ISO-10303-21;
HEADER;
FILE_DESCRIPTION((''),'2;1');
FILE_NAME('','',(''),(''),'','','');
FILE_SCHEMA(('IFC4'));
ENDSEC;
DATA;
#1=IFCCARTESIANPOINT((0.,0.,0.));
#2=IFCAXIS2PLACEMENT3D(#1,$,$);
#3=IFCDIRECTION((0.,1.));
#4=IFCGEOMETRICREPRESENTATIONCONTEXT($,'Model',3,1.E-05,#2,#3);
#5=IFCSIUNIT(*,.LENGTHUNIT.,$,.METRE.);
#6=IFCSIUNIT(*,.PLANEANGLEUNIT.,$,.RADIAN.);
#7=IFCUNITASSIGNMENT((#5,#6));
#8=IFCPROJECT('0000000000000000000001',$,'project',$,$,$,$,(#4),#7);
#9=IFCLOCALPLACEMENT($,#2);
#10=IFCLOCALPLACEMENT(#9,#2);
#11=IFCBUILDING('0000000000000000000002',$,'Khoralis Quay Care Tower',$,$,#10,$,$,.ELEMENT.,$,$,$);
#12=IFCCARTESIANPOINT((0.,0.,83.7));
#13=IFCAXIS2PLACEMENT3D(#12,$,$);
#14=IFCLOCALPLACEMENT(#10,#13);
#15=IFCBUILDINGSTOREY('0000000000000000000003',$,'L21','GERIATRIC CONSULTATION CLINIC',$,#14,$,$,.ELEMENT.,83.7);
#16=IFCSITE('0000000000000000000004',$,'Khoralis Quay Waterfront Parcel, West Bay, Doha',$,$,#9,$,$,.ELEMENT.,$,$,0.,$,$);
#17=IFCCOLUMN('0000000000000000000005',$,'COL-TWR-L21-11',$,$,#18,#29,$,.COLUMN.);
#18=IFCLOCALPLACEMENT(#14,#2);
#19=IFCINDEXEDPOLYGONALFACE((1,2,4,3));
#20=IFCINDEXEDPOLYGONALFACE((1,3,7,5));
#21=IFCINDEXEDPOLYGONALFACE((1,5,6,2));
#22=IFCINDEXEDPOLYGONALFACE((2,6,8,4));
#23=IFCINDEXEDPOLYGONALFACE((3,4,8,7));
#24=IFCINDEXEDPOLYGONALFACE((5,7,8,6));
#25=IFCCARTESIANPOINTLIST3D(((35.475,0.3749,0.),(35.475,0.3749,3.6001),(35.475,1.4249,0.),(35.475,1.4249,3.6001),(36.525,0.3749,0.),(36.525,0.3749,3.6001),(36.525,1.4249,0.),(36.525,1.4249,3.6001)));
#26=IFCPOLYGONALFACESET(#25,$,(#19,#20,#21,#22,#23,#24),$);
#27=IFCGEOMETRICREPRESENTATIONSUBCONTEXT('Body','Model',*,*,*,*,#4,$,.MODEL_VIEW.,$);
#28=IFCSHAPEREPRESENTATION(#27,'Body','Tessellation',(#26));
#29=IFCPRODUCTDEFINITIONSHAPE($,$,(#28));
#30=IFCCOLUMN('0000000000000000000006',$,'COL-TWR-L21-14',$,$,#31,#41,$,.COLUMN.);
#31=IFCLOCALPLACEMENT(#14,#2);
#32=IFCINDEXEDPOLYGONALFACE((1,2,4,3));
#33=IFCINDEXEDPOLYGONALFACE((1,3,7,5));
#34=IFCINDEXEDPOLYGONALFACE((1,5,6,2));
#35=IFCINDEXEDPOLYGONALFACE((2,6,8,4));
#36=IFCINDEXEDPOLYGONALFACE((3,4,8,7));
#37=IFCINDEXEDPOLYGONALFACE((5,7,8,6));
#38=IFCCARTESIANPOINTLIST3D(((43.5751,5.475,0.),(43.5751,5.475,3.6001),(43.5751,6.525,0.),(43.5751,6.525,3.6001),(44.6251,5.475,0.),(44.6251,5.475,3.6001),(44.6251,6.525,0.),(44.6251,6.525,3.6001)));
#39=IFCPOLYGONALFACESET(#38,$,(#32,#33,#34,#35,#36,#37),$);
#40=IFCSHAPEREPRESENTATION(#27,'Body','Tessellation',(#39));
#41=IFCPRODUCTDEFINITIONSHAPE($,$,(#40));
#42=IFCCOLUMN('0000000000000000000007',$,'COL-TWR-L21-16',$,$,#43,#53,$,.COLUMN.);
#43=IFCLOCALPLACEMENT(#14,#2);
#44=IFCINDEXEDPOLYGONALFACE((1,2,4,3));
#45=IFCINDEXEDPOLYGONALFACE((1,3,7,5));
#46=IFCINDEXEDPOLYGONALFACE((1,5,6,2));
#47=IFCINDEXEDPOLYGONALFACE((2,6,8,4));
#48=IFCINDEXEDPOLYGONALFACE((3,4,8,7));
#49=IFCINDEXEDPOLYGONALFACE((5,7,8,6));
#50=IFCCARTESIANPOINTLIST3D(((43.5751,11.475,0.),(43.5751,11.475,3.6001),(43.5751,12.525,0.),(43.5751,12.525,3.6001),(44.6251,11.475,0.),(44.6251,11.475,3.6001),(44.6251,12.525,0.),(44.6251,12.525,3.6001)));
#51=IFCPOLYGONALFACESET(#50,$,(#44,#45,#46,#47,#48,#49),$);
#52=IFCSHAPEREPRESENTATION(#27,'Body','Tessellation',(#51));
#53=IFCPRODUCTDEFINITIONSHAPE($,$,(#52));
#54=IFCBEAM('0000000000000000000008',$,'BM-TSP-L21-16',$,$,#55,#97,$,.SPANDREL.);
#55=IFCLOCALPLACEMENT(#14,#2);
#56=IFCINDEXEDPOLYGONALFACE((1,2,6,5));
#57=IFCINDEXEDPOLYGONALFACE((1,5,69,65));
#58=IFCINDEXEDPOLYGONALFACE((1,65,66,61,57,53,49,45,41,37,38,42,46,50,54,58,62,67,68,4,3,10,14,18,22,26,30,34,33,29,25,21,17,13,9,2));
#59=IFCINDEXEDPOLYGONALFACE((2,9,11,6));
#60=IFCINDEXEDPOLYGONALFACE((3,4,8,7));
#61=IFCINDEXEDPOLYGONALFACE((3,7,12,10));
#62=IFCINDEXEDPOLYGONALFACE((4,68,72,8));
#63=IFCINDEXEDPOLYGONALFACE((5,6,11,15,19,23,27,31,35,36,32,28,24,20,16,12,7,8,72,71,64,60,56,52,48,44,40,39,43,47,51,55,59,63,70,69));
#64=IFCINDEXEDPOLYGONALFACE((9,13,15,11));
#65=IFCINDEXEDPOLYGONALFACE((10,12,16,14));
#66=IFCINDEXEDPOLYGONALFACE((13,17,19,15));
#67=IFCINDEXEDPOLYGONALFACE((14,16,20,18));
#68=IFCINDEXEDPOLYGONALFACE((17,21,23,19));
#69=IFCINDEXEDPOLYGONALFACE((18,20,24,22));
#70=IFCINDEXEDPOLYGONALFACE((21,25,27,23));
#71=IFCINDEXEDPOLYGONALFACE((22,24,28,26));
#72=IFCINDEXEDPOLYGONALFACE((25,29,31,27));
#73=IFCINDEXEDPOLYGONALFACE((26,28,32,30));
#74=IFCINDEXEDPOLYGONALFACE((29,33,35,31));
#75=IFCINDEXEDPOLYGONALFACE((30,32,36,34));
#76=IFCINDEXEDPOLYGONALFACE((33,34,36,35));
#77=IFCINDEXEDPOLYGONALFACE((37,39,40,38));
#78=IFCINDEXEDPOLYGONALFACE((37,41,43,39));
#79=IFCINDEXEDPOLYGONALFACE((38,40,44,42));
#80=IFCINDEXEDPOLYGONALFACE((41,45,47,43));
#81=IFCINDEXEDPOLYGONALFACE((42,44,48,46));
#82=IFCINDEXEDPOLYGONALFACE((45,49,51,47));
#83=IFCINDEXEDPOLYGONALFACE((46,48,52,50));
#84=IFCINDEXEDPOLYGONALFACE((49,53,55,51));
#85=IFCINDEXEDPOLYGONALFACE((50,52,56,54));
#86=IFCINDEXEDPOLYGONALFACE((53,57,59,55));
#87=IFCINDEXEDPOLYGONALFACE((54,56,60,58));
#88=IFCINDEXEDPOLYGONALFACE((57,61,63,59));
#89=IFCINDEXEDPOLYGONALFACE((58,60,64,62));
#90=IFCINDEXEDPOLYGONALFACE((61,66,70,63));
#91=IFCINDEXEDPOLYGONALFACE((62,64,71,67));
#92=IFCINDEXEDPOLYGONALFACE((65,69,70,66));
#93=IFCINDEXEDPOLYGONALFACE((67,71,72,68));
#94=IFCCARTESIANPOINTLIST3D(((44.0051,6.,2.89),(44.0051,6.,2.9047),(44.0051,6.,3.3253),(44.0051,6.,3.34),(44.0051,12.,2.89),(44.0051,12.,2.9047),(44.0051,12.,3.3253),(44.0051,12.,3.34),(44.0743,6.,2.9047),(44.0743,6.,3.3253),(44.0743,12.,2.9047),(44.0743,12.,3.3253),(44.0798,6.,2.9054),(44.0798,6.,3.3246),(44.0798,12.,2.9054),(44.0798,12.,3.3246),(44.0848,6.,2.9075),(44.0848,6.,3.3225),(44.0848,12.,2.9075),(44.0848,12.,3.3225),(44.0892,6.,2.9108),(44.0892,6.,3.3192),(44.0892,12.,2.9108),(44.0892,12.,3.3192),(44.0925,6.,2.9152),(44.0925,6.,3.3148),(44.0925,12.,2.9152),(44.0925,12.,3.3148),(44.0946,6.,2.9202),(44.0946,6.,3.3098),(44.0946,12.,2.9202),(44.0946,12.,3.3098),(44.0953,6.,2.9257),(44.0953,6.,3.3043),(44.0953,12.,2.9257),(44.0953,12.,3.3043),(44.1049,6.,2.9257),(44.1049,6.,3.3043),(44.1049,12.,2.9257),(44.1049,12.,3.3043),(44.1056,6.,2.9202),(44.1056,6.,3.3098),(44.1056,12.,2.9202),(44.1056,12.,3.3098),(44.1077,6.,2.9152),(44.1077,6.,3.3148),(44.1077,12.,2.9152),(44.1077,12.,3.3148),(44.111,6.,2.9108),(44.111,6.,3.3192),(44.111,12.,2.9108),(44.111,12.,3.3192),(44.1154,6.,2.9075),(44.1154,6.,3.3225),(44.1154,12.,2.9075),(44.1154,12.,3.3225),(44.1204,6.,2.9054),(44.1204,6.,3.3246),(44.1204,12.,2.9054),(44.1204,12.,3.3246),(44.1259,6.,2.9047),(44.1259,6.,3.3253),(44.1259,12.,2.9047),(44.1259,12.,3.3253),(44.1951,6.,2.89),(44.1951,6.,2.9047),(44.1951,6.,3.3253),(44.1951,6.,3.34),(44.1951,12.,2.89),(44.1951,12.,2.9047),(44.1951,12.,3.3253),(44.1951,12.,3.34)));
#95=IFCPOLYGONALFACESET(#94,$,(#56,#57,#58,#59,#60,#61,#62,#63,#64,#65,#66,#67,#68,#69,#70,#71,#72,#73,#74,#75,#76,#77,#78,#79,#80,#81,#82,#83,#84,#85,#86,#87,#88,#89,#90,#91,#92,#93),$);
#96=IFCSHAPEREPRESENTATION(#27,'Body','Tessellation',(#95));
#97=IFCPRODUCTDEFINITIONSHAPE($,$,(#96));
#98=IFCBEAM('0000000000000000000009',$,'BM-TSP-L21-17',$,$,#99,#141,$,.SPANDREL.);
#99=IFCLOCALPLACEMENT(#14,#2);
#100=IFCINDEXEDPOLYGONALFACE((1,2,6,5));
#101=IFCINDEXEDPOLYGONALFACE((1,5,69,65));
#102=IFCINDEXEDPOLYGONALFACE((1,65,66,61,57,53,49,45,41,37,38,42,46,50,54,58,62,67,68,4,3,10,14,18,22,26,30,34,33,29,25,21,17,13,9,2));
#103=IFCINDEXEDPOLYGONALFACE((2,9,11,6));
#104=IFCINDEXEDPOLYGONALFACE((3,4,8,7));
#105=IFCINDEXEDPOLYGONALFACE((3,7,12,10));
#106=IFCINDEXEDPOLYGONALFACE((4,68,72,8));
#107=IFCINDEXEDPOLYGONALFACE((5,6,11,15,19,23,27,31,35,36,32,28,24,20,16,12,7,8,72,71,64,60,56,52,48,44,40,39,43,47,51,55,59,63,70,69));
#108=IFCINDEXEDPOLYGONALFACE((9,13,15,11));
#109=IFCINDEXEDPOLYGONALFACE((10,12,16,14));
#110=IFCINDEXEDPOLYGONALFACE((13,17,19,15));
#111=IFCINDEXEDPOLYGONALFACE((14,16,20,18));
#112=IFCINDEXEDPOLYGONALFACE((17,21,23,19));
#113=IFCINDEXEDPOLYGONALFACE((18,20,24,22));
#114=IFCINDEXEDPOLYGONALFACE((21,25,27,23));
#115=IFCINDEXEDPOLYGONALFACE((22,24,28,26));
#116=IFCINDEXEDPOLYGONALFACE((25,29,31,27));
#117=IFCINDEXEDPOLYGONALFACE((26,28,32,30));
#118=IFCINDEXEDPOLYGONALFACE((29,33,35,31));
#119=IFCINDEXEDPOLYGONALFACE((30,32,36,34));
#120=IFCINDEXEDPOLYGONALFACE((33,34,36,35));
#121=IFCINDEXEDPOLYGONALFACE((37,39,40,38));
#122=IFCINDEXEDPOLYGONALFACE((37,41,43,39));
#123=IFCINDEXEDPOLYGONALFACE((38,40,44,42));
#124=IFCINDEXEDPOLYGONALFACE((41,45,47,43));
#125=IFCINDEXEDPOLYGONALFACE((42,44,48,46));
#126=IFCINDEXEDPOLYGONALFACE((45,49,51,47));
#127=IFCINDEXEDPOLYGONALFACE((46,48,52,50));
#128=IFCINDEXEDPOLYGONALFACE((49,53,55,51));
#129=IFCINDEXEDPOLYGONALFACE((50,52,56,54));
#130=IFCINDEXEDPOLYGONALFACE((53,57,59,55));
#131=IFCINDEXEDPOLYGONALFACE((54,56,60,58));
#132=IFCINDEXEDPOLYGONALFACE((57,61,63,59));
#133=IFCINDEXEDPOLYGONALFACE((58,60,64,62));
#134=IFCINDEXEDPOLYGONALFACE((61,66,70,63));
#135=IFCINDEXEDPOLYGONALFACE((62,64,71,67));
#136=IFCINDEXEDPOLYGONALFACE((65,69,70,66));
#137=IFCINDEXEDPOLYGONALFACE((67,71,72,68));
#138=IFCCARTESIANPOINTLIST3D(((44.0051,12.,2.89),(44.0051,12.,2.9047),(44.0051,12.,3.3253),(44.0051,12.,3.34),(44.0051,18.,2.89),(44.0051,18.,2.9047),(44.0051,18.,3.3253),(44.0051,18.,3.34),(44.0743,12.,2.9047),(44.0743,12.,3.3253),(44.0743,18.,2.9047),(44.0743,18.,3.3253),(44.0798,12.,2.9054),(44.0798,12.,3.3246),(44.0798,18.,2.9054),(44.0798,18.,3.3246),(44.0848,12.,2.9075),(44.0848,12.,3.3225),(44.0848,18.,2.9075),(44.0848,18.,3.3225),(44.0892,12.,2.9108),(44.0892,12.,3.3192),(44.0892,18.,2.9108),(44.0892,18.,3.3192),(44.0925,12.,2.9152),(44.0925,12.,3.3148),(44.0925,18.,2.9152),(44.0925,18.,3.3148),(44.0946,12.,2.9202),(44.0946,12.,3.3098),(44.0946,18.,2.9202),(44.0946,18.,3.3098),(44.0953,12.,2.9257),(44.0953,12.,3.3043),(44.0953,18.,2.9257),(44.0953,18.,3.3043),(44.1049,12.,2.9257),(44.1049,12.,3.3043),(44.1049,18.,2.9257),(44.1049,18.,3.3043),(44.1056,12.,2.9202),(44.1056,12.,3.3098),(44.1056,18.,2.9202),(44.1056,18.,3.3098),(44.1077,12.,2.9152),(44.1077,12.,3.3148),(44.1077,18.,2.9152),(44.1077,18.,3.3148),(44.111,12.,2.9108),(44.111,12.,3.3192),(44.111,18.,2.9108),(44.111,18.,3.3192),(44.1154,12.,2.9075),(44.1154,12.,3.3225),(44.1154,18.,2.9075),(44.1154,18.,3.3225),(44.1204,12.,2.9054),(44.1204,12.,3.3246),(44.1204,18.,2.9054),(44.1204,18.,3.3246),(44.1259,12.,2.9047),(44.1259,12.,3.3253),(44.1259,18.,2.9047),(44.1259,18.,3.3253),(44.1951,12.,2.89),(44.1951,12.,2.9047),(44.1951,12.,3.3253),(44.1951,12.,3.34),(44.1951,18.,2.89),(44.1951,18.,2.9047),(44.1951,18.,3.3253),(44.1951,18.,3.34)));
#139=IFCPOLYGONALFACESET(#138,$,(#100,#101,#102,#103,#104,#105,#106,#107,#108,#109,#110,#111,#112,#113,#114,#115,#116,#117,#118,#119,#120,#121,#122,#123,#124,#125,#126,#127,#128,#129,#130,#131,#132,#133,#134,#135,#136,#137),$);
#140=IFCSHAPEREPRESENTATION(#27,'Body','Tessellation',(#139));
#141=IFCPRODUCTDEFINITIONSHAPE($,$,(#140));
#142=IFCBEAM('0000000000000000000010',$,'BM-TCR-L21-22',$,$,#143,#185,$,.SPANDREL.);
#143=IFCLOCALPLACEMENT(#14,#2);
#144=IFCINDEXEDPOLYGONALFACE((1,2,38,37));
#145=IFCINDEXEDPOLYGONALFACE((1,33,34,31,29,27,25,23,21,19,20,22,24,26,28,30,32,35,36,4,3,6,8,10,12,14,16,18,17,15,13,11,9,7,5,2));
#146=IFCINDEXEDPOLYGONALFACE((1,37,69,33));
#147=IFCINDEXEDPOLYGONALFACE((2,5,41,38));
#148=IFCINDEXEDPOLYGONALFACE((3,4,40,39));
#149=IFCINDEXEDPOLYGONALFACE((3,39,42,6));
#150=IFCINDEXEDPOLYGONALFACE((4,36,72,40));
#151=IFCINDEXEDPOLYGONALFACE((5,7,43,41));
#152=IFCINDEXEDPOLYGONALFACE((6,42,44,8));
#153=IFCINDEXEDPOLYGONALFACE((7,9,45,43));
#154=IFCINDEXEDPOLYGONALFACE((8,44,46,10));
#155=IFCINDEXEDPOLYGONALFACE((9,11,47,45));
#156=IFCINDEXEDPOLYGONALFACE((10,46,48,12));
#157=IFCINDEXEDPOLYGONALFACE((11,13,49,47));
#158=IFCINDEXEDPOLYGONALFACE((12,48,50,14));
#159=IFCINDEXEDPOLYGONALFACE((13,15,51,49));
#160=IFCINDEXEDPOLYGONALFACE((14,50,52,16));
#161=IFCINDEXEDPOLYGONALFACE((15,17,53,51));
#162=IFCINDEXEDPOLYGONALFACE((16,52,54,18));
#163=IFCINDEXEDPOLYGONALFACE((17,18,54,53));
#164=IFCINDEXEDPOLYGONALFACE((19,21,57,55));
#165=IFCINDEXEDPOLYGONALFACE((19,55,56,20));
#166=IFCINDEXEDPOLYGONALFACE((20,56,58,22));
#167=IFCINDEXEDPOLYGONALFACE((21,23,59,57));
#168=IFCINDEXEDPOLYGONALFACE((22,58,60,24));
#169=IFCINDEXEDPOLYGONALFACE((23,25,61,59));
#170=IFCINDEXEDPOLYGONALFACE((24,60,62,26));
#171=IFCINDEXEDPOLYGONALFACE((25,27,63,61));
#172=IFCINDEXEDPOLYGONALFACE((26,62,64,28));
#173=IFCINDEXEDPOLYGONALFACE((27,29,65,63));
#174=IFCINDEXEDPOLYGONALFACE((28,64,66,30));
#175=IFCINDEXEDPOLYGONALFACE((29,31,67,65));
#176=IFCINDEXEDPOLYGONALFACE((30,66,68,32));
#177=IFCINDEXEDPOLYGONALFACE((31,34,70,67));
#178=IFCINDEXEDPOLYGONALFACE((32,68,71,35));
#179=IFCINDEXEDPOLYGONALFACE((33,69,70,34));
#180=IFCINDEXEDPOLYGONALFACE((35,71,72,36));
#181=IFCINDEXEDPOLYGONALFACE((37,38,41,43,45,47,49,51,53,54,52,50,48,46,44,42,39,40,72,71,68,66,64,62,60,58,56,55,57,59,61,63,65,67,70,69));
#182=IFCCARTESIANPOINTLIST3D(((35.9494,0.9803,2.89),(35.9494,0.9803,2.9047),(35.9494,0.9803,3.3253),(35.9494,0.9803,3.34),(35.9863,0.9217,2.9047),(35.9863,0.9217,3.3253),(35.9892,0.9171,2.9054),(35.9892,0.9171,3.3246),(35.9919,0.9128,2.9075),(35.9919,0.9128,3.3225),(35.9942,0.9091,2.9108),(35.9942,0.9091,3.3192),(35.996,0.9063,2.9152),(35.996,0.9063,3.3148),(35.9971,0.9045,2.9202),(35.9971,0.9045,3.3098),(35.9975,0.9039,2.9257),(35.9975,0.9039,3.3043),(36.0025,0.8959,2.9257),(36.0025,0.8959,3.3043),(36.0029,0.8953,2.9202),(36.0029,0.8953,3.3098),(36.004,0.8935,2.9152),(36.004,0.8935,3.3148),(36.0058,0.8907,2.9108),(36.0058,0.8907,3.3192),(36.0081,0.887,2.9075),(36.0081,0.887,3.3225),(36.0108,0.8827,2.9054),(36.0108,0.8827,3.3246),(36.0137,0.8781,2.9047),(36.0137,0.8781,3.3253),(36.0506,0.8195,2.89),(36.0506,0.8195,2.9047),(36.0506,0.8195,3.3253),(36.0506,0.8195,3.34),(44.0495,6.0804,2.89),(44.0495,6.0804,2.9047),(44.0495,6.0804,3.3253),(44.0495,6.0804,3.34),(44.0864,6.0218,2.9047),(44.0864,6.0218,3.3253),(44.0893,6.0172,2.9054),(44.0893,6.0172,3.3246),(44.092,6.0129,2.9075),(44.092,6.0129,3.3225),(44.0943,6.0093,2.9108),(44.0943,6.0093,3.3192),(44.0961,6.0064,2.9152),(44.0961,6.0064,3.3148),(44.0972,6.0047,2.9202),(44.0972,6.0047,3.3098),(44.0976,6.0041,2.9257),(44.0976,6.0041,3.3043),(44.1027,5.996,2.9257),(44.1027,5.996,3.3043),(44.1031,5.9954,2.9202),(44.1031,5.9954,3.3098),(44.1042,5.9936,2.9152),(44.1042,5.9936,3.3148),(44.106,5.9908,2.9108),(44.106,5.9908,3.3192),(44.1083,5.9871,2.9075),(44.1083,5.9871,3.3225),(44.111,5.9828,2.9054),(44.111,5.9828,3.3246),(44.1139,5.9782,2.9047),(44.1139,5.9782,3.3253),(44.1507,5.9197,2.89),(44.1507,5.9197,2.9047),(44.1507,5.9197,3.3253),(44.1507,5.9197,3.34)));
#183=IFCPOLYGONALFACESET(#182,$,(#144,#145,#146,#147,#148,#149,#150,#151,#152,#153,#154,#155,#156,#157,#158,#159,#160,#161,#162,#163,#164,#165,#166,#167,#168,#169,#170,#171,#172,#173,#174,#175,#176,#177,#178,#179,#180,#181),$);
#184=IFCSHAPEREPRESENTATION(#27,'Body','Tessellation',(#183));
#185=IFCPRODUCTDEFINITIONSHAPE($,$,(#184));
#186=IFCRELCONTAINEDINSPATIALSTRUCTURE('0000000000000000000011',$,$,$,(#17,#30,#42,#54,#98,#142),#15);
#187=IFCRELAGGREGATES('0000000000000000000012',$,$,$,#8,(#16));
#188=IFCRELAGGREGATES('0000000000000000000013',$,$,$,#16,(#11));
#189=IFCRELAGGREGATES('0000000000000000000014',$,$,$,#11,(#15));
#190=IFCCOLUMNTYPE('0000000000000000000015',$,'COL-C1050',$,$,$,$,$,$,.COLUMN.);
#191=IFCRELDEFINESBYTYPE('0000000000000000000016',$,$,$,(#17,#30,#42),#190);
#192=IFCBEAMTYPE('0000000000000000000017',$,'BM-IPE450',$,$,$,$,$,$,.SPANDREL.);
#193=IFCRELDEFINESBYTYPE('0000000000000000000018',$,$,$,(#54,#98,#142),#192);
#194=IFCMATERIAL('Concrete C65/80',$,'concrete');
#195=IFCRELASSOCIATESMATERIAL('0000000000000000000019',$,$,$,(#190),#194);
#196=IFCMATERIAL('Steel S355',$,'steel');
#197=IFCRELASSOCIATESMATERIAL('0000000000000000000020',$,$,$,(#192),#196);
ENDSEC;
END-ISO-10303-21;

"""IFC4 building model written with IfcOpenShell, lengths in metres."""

from ifc_helpers import new_model, si_unit, direction, frame, origin, origin_2d, place, context, subcontext, project, spatial, rectangle, i_section, extrude, source, transform, mapped, material, material_profile, profile_set, type_object, element, save


model = new_model("IFC4")

# Units and contexts
model_context = context("Model", 3, precision=1e-05, world=origin(), true_north=direction((0.0, 1.0)))
body_context = subcontext(model_context, "Body", "Model", "MODEL_VIEW")
ifc_project = project(units=[si_unit("LENGTHUNIT", "METRE"), si_unit("PLANEANGLEUNIT", "RADIAN")], contexts=[model_context])

# Site, building, storey
site_placement = place(None, origin())
site = spatial("IfcSite", under=ifc_project, at=site_placement, Name="Khoralis Quay Waterfront Parcel, West Bay, Doha", CompositionType="ELEMENT", RefElevation=0.0)
building_placement = place(site_placement, origin())
building = spatial("IfcBuilding", under=site, at=building_placement, Name="Khoralis Quay Care Tower", CompositionType="ELEMENT")
storey_placement = place(building_placement, frame((0.0, 0.0, 83.7)))
storey = spatial("IfcBuildingStorey", under=building, at=storey_placement, Name="L21", Description="GERIATRIC CONSULTATION CLINIC", CompositionType="ELEMENT", Elevation=83.7)

# Columns
ifc_material_1 = material(Name="Concrete C65/80", Category="concrete")
ifc_material_profile_1 = material_profile(ifc_material_1, rectangle(XDim=1.05, YDim=1.05, at=origin_2d()), Name="Concrete C65/80")
ifc_profile_set_1 = profile_set([ifc_material_profile_1], Name="Concrete C65/80")
column_type = type_object("IfcColumnType", Name="COL-C1050", PredefinedType="COLUMN", material=ifc_profile_set_1)
shared_shape_1 = source(origin(), body_context, "Body", "SweptSolid", [
    extrude(rectangle(XDim=1.05, YDim=1.05, at=origin_2d()), origin(), (0.0, 0.0, 1.0), 3.6001),
])
for number, where, z_axis, x_axis, name in (
    (1, (36.0, 0.8999, 0.0), (0.0, 0.0, 1.0), (1.0, 0.0, 0.0), "COL-TWR-L21-11"),
    (2, (44.1001, 6.0, 0.0), (0.0, 0.0, 1.0), (1.0, 0.0, 0.0), "COL-TWR-L21-14"),
    (3, (44.1001, 12.0, 0.0), (0.0, 0.0, 1.0), (1.0, 0.0, 0.0), "COL-TWR-L21-16"),
):
    element("IfcColumn", number, at=place(storey_placement, frame(where, z_axis=z_axis, x_axis=x_axis)), inside=storey, type_object=column_type, Name=name, PredefinedType="COLUMN", context=body_context, shape_type="MappedRepresentation", body=[
        mapped(shared_shape_1, transform((0.0, 0.0, 0.0), scale=1.0)),
    ])

# Beams
ifc_material_2 = material(Name="Steel S355", Category="steel")
ifc_material_profile_2 = material_profile(ifc_material_2, i_section(OverallWidth=0.1899, OverallDepth=0.45, WebThickness=0.0095, FlangeThickness=0.0146, FilletRadius=0.021, at=origin_2d()), Name="Steel S355")
ifc_profile_set_2 = profile_set([ifc_material_profile_2], Name="Steel S355")
beam_type_1 = type_object("IfcBeamType", Name="BM-IPE450", PredefinedType="SPANDREL", material=ifc_profile_set_2)
shared_shape_2 = source(origin(), body_context, "Body", "SweptSolid", [
    extrude(i_section(OverallWidth=0.1899, OverallDepth=0.45, WebThickness=0.0095, FlangeThickness=0.0146, FilletRadius=0.021, at=origin_2d()), origin(), (0.0, 0.0, 1.0), 6.0),
])
for number, where, z_axis, x_axis, name in (
    (4, (44.1001, 6.0, 3.115), (0.0, 1.0, 0.0), (-1.0, 0.0, 0.0), "BM-TSP-L21-16"),
    (5, (44.1001, 12.0, 3.115), (0.0, 1.0, 0.0), (-1.0, 0.0, 0.0), "BM-TSP-L21-17"),
):
    element("IfcBeam", number, at=place(storey_placement, frame(where, z_axis=z_axis, x_axis=x_axis)), inside=storey, type_object=beam_type_1, Name=name, PredefinedType="SPANDREL", context=body_context, shape_type="MappedRepresentation", body=[
        mapped(shared_shape_2, transform((0.0, 0.0, 0.0), scale=1.0)),
    ])
shared_shape_3 = source(origin(), body_context, "Body", "SweptSolid", [
    extrude(i_section(OverallWidth=0.1899, OverallDepth=0.45, WebThickness=0.0095, FlangeThickness=0.0146, FilletRadius=0.021, at=origin_2d()), origin(), (0.0, 0.0, 1.0), 9.572),
])
beam_1_placement = place(storey_placement, frame((36.0, 0.8999, 3.115), z_axis=(0.846231, 0.532816, 0.0), x_axis=(-0.532816, 0.846231, 0.0)))
element("IfcBeam", 6, at=beam_1_placement, inside=storey, type_object=beam_type_1, Name="BM-TCR-L21-22", PredefinedType="SPANDREL", context=body_context, shape_type="MappedRepresentation", body=[
    mapped(shared_shape_3, transform((0.0, 0.0, 0.0), scale=1.0)),
])

save(model, "model.ifc")
